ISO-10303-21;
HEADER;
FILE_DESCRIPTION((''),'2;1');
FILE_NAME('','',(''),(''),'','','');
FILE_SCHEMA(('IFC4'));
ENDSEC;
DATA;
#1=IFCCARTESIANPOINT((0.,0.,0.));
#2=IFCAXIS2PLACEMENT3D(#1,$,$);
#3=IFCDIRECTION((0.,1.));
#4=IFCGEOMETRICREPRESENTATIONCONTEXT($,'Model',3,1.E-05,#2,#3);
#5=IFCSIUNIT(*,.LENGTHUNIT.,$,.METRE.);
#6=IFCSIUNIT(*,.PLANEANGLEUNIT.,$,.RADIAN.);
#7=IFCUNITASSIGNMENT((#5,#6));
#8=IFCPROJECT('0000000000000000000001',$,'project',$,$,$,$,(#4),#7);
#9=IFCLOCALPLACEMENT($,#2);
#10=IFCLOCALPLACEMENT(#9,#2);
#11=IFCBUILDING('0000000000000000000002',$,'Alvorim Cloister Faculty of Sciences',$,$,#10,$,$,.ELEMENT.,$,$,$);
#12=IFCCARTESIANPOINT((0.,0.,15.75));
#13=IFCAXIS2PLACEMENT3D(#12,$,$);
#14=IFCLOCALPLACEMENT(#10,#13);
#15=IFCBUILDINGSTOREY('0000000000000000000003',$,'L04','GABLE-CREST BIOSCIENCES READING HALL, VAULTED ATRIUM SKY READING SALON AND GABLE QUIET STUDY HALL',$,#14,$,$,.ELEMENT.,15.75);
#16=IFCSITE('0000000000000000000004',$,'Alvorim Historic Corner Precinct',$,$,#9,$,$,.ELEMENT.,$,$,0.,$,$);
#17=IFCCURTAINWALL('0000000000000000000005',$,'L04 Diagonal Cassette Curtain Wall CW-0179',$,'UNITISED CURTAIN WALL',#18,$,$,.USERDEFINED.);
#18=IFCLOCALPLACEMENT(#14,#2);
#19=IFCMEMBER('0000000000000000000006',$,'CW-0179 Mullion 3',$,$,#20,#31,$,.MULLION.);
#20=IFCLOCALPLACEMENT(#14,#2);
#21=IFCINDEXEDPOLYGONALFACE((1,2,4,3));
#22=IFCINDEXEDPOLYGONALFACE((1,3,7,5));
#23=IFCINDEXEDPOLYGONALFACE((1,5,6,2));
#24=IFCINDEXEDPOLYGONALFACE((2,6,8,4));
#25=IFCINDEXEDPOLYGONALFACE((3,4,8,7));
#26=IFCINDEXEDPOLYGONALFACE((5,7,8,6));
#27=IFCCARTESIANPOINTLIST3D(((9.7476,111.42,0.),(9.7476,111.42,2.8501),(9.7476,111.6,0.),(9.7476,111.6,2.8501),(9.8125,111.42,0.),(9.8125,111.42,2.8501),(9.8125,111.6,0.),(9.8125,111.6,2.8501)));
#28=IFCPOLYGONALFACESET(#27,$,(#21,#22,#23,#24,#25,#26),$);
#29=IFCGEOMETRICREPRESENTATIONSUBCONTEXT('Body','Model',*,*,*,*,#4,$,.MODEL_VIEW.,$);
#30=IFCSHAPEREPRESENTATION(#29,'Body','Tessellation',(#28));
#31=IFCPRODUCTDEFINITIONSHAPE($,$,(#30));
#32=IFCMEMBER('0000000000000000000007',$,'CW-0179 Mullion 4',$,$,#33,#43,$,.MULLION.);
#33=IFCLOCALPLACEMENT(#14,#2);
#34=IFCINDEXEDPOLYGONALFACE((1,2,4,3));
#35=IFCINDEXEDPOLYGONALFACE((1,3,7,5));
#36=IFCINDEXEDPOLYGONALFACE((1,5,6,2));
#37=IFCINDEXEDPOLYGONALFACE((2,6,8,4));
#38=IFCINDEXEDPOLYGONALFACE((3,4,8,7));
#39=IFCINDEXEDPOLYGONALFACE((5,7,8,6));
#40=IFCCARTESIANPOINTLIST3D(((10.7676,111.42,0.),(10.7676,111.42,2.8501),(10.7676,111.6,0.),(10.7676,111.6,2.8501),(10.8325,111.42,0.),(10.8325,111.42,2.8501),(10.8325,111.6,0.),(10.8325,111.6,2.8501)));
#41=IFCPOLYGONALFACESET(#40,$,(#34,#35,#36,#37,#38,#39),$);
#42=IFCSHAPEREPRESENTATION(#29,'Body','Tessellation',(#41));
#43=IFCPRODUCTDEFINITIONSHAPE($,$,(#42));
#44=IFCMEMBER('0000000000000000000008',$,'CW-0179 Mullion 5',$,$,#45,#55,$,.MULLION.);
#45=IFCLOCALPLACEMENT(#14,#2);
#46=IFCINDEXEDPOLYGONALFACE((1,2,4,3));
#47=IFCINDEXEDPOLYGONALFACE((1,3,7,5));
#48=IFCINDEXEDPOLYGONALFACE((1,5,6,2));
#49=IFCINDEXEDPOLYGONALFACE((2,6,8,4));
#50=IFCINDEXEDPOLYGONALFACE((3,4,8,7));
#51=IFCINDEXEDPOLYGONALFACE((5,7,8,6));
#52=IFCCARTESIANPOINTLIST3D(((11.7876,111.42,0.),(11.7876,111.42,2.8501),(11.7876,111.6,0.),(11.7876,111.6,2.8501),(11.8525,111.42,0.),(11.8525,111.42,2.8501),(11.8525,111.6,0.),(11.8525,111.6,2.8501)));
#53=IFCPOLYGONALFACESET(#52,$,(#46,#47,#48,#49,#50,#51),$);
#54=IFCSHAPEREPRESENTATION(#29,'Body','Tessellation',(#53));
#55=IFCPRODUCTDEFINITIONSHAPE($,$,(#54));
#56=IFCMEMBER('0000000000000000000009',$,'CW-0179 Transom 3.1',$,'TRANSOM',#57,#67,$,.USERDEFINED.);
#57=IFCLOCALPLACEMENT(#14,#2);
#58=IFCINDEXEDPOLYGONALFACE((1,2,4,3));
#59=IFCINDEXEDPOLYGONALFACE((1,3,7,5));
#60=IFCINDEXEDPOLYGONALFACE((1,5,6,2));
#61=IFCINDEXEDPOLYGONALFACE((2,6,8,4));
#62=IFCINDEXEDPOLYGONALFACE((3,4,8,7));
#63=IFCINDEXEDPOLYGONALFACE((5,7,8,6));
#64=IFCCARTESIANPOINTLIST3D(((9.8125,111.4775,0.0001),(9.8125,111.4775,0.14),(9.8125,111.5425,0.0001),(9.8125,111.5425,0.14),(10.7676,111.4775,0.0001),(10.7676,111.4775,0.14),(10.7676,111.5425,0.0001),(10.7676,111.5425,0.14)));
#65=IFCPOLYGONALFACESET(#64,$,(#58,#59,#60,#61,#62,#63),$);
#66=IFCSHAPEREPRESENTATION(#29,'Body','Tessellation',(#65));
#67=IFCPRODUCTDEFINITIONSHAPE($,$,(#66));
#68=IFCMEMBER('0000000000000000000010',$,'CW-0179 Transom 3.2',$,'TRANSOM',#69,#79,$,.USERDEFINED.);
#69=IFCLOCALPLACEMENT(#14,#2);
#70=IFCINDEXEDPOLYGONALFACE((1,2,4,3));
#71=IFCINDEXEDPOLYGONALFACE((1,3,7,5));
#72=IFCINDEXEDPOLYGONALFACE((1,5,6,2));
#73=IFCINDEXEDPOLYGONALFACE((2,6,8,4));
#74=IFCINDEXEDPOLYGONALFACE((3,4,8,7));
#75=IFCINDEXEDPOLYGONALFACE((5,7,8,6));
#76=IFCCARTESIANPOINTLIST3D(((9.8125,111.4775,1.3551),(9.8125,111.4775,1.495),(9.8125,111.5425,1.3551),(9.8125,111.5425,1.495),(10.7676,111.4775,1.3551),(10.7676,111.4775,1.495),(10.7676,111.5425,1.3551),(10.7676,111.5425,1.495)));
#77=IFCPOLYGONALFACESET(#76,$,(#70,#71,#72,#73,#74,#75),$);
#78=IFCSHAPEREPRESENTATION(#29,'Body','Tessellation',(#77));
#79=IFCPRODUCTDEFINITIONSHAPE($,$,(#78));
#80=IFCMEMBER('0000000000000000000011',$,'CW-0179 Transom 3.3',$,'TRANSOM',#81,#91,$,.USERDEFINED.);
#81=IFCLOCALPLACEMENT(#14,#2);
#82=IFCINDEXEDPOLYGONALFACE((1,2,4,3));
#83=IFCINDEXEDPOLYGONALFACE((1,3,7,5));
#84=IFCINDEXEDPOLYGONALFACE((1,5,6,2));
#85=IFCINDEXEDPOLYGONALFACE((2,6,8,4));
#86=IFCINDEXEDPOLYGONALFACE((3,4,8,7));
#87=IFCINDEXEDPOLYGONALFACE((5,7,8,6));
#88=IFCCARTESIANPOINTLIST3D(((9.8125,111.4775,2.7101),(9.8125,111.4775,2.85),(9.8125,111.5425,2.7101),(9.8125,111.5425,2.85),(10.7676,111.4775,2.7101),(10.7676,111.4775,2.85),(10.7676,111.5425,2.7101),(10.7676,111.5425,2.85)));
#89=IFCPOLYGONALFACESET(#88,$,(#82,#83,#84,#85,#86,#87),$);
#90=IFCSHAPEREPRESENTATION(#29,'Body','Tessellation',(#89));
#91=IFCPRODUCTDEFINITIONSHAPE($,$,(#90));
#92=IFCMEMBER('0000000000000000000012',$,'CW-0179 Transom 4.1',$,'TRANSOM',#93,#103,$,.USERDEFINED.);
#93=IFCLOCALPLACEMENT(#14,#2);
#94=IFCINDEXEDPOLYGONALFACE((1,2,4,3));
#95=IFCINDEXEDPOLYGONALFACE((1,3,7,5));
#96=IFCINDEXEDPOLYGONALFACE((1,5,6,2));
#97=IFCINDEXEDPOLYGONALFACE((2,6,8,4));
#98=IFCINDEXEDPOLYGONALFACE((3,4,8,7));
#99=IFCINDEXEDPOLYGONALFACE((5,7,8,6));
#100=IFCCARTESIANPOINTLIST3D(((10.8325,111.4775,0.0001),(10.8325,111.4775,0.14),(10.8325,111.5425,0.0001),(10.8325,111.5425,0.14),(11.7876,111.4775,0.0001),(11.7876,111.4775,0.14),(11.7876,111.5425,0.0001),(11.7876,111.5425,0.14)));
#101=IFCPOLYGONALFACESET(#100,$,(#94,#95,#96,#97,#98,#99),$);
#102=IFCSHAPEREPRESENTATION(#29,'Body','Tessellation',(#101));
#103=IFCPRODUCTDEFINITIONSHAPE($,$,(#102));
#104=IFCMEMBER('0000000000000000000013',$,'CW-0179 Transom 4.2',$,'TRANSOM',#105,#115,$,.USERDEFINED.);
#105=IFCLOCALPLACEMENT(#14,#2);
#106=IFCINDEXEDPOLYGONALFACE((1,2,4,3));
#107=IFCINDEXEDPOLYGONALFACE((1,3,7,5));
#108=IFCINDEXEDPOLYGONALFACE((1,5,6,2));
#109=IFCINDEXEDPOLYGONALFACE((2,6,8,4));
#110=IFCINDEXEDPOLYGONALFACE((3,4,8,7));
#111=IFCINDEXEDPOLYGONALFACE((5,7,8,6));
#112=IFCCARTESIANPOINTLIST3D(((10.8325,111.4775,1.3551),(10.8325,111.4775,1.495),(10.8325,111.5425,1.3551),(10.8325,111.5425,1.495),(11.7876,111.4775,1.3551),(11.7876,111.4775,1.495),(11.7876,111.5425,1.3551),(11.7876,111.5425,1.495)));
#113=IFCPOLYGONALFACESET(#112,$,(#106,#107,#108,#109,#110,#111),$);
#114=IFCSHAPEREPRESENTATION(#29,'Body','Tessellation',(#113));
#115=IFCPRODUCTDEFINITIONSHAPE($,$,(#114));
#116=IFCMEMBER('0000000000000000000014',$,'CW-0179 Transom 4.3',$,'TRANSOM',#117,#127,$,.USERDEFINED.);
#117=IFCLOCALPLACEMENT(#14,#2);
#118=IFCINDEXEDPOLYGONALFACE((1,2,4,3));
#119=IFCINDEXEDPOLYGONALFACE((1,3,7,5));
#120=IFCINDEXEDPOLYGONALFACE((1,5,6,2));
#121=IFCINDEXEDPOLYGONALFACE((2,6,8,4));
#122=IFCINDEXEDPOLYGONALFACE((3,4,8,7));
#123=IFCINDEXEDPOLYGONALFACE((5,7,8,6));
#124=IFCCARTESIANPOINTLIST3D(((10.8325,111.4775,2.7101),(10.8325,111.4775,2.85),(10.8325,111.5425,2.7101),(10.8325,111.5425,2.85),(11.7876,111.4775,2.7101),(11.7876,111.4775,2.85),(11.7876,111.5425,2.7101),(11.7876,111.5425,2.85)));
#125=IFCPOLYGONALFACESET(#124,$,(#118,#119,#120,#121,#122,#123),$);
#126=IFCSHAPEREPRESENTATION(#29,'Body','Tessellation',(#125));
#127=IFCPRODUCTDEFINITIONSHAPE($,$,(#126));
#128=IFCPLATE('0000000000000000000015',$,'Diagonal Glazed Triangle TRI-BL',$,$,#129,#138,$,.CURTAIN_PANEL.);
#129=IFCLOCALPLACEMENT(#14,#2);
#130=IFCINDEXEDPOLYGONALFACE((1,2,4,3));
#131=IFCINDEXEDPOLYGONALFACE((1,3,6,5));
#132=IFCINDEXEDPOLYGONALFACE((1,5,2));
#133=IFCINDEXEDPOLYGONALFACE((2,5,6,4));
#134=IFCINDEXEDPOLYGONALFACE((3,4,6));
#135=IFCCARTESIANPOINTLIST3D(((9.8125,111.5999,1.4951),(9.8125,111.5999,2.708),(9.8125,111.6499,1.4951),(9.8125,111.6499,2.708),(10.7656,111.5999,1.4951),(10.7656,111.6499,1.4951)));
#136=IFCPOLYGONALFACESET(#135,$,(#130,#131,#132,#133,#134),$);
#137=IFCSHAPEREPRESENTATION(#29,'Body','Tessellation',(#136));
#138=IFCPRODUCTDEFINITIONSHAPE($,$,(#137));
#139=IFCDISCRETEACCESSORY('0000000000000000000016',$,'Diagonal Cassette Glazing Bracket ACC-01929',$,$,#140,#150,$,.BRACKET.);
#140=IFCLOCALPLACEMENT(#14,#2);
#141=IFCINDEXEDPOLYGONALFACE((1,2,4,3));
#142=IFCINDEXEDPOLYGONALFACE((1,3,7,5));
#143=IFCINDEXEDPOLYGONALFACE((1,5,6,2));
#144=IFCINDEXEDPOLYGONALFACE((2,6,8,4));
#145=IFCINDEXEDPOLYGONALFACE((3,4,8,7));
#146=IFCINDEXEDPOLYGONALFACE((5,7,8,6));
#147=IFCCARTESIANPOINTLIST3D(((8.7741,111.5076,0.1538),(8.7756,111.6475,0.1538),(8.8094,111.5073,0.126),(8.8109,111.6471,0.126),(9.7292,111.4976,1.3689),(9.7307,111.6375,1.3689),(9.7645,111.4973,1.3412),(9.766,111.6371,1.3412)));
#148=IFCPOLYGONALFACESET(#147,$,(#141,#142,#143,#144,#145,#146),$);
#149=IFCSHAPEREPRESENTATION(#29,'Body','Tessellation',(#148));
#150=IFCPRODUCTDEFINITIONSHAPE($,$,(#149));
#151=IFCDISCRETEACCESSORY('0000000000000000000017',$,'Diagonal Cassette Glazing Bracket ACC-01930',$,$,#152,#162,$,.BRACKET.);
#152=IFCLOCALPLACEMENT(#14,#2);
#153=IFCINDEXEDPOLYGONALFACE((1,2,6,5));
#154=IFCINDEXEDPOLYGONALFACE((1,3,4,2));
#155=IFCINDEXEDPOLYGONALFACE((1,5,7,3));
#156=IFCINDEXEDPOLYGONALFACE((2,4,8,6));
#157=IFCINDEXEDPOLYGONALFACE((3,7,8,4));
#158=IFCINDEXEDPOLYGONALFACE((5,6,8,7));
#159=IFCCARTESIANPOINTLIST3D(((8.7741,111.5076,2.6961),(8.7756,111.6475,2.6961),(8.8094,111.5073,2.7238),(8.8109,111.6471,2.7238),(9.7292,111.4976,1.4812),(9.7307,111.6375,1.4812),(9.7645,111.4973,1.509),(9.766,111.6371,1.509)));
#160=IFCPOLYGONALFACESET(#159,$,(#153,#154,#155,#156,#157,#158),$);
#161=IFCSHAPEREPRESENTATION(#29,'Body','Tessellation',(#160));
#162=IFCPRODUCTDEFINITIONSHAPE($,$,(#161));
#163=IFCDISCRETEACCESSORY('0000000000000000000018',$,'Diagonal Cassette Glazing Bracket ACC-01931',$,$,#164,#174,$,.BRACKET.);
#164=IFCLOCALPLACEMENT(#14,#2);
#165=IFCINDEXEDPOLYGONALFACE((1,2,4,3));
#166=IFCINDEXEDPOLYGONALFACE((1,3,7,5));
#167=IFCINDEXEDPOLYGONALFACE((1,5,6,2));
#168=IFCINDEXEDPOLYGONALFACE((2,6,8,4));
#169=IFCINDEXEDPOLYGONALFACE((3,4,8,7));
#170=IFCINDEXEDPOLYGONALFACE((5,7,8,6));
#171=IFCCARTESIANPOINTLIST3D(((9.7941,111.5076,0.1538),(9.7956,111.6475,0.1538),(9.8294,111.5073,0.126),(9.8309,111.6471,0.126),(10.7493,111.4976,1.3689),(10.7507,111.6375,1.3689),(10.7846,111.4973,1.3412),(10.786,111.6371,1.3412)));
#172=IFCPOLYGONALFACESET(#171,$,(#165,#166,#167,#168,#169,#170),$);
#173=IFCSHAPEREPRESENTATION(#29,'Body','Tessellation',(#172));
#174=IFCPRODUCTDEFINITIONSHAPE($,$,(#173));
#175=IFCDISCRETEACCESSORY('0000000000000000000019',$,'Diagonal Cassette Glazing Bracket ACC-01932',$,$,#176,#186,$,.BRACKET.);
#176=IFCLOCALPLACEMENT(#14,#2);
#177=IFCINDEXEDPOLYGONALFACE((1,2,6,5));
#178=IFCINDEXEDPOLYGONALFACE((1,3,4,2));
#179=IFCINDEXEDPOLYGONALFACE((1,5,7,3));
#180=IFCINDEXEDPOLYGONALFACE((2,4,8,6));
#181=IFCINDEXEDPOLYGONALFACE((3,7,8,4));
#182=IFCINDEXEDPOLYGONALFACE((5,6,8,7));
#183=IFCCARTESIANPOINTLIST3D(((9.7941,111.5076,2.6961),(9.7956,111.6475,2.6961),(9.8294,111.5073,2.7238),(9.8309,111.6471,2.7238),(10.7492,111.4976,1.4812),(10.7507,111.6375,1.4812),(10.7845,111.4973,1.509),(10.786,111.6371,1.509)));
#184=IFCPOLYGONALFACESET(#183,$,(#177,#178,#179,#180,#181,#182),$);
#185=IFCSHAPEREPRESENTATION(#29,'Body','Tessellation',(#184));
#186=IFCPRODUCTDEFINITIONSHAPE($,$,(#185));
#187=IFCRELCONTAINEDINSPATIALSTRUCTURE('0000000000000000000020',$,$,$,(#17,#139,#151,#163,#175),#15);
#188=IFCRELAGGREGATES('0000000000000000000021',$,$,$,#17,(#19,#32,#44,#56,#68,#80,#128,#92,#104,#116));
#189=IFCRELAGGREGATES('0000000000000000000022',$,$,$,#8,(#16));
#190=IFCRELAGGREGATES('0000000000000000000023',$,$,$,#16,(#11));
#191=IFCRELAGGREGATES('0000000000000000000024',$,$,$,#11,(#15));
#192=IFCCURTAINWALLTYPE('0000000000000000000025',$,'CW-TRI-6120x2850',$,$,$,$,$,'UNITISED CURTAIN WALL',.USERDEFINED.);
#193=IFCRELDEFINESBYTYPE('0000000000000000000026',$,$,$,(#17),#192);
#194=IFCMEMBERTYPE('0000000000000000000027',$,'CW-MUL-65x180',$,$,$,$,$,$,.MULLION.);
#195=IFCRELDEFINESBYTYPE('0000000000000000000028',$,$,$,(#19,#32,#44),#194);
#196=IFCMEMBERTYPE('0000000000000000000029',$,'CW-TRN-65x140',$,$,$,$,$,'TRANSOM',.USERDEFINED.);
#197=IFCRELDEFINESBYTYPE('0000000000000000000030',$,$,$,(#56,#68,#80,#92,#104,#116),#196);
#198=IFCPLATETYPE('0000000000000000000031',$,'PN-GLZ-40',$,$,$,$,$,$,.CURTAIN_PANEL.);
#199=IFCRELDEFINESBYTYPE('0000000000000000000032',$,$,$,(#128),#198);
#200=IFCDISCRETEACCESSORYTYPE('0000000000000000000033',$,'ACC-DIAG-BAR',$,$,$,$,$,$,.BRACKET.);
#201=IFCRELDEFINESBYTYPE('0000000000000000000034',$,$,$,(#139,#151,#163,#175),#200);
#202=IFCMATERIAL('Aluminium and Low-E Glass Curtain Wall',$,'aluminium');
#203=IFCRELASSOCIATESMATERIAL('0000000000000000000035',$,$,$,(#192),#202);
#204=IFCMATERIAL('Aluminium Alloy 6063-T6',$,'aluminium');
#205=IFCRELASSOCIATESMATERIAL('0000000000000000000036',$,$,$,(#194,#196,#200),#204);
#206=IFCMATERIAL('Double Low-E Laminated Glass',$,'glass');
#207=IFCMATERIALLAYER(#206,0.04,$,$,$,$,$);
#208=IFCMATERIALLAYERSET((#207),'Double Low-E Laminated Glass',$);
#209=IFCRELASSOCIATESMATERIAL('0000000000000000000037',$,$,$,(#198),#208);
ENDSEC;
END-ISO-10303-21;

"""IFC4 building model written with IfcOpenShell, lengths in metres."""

from ifc_helpers import new_model, si_unit, direction, frame, origin, origin_2d, place, context, subcontext, project, spatial, polyline, rectangle, outline, extrude, material, layer, layer_set, material_profile, profile_set, type_object, element, aggregate, save


model = new_model("IFC4")

# Units and contexts
model_context = context("Model", 3, precision=1e-05, world=origin(), true_north=direction((0.0, 1.0)))
body_context = subcontext(model_context, "Body", "Model", "MODEL_VIEW")
ifc_project = project(units=[si_unit("LENGTHUNIT", "METRE"), si_unit("PLANEANGLEUNIT", "RADIAN")], contexts=[model_context])

# Site, building, storey
site_placement = place(None, origin())
site = spatial("IfcSite", under=ifc_project, at=site_placement, Name="Alvorim Historic Corner Precinct", CompositionType="ELEMENT", RefElevation=0.0)
building_placement = place(site_placement, origin())
building = spatial("IfcBuilding", under=site, at=building_placement, Name="Alvorim Cloister Faculty of Sciences", CompositionType="ELEMENT")
storey_placement = place(building_placement, frame((0.0, 0.0, 15.75)))
storey = spatial("IfcBuildingStorey", under=building, at=storey_placement, Name="L04", Description="GABLE-CREST BIOSCIENCES READING HALL, VAULTED ATRIUM SKY READING SALON AND GABLE QUIET STUDY HALL", CompositionType="ELEMENT", Elevation=15.75)

# Curtain wall, members, plate
ifc_material_1 = material(Name="Aluminium and Low-E Glass Curtain Wall", Category="aluminium")
curtain_wall_type = type_object("IfcCurtainWallType", Name="CW-TRI-6120x2850", ElementType="UNITISED CURTAIN WALL", PredefinedType="USERDEFINED", material=ifc_material_1)
curtain_wall_placement = place(storey_placement, origin())
curtain_wall = element("IfcCurtainWall", 1, at=curtain_wall_placement, inside=storey, type_object=curtain_wall_type, Name="L04 Diagonal Cassette Curtain Wall CW-0179", ObjectType="UNITISED CURTAIN WALL", PredefinedType="USERDEFINED")
ifc_material_2 = material(Name="Aluminium Alloy 6063-T6", Category="aluminium")
ifc_material_profile_1 = material_profile(ifc_material_2, rectangle(XDim=0.0649, YDim=0.1799, at=origin_2d()), Name="ALU-MUL-65x180")
ifc_profile_set_1 = profile_set([ifc_material_profile_1], Name="Aluminium Alloy 6063-T6")
member_type_1 = type_object("IfcMemberType", Name="CW-MUL-65x180", PredefinedType="MULLION", material=ifc_profile_set_1)
member_1_placement = place(storey_placement, frame((9.78, 111.51, 0.0), z_axis=(0.0, 0.0, 1.0), x_axis=(1.0, 0.0, 0.0)))
member_1 = element("IfcMember", 2, at=member_1_placement, type_object=member_type_1, Name="CW-0179 Mullion 3", PredefinedType="MULLION", context=body_context, shape_type="SweptSolid", body=[
    extrude(rectangle(XDim=0.0649, YDim=0.1799, at=origin_2d()), origin(), (0.0, 0.0, 1.0), 2.8501),
])
member_2_placement = place(storey_placement, frame((10.8, 111.51, 0.0), z_axis=(0.0, 0.0, 1.0), x_axis=(1.0, 0.0, 0.0)))
member_2 = element("IfcMember", 3, at=member_2_placement, type_object=member_type_1, Name="CW-0179 Mullion 4", PredefinedType="MULLION", context=body_context, shape_type="SweptSolid", body=[
    extrude(rectangle(XDim=0.0649, YDim=0.1799, at=origin_2d()), origin(), (0.0, 0.0, 1.0), 2.8501),
])
member_3_placement = place(storey_placement, frame((11.8201, 111.51, 0.0), z_axis=(0.0, 0.0, 1.0), x_axis=(1.0, 0.0, 0.0)))
member_3 = element("IfcMember", 4, at=member_3_placement, type_object=member_type_1, Name="CW-0179 Mullion 5", PredefinedType="MULLION", context=body_context, shape_type="SweptSolid", body=[
    extrude(rectangle(XDim=0.0649, YDim=0.1799, at=origin_2d()), origin(), (0.0, 0.0, 1.0), 2.8501),
])
ifc_material_profile_2 = material_profile(ifc_material_2, rectangle(XDim=0.0649, YDim=0.1399, at=origin_2d()), Name="ALU-TRN-65x140")
ifc_profile_set_2 = profile_set([ifc_material_profile_2], Name="Aluminium Alloy 6063-T6")
member_type_2 = type_object("IfcMemberType", Name="CW-TRN-65x140", ElementType="TRANSOM", PredefinedType="USERDEFINED", material=ifc_profile_set_2)
member_4_placement = place(storey_placement, frame((9.8125, 111.51, 0.0701), z_axis=(1.0, 0.0, 0.0), x_axis=(0.0, 1.0, 0.0)))
member_4 = element("IfcMember", 5, at=member_4_placement, type_object=member_type_2, Name="CW-0179 Transom 3.1", ObjectType="TRANSOM", PredefinedType="USERDEFINED", context=body_context, shape_type="SweptSolid", body=[
    extrude(rectangle(XDim=0.0649, YDim=0.1399, at=origin_2d()), origin(), (0.0, 0.0, 1.0), 0.9551),
])
member_5_placement = place(storey_placement, frame((9.8125, 111.51, 1.425), z_axis=(1.0, 0.0, 0.0), x_axis=(0.0, 1.0, 0.0)))
member_5 = element("IfcMember", 6, at=member_5_placement, type_object=member_type_2, Name="CW-0179 Transom 3.2", ObjectType="TRANSOM", PredefinedType="USERDEFINED", context=body_context, shape_type="SweptSolid", body=[
    extrude(rectangle(XDim=0.0649, YDim=0.1399, at=origin_2d()), origin(), (0.0, 0.0, 1.0), 0.9551),
])
member_6_placement = place(storey_placement, frame((9.8125, 111.51, 2.78), z_axis=(1.0, 0.0, 0.0), x_axis=(0.0, 1.0, 0.0)))
member_6 = element("IfcMember", 7, at=member_6_placement, type_object=member_type_2, Name="CW-0179 Transom 3.3", ObjectType="TRANSOM", PredefinedType="USERDEFINED", context=body_context, shape_type="SweptSolid", body=[
    extrude(rectangle(XDim=0.0649, YDim=0.1399, at=origin_2d()), origin(), (0.0, 0.0, 1.0), 0.9551),
])
member_7_placement = place(storey_placement, frame((10.8325, 111.51, 0.0701), z_axis=(1.0, 0.0, 0.0), x_axis=(0.0, 1.0, 0.0)))
member_7 = element("IfcMember", 8, at=member_7_placement, type_object=member_type_2, Name="CW-0179 Transom 4.1", ObjectType="TRANSOM", PredefinedType="USERDEFINED", context=body_context, shape_type="SweptSolid", body=[
    extrude(rectangle(XDim=0.0649, YDim=0.1399, at=origin_2d()), origin(), (0.0, 0.0, 1.0), 0.9551),
])
member_8_placement = place(storey_placement, frame((10.8325, 111.51, 1.425), z_axis=(1.0, 0.0, 0.0), x_axis=(0.0, 1.0, 0.0)))
member_8 = element("IfcMember", 9, at=member_8_placement, type_object=member_type_2, Name="CW-0179 Transom 4.2", ObjectType="TRANSOM", PredefinedType="USERDEFINED", context=body_context, shape_type="SweptSolid", body=[
    extrude(rectangle(XDim=0.0649, YDim=0.1399, at=origin_2d()), origin(), (0.0, 0.0, 1.0), 0.9551),
])
member_9_placement = place(storey_placement, frame((10.8325, 111.51, 2.78), z_axis=(1.0, 0.0, 0.0), x_axis=(0.0, 1.0, 0.0)))
member_9 = element("IfcMember", 10, at=member_9_placement, type_object=member_type_2, Name="CW-0179 Transom 4.3", ObjectType="TRANSOM", PredefinedType="USERDEFINED", context=body_context, shape_type="SweptSolid", body=[
    extrude(rectangle(XDim=0.0649, YDim=0.1399, at=origin_2d()), origin(), (0.0, 0.0, 1.0), 0.9551),
])
ifc_material_3 = material(Name="Double Low-E Laminated Glass", Category="glass")
ifc_layer = layer(ifc_material_3, 0.04)
ifc_layer_set = layer_set([ifc_layer], Name="Double Low-E Laminated Glass")
plate_type = type_object("IfcPlateType", Name="PN-GLZ-40", PredefinedType="CURTAIN_PANEL", material=ifc_layer_set)
plate_1_placement = place(storey_placement, frame((9.8125, 111.625, 1.4951), z_axis=(0.0, 0.0, 1.0), x_axis=(1.0, 0.0, 0.0)))
plate_1 = element("IfcPlate", 11, at=plate_1_placement, type_object=plate_type, Name="Diagonal Glazed Triangle TRI-BL", PredefinedType="CURTAIN_PANEL", context=body_context, shape_type="SweptSolid", body=[
    extrude(outline(polyline([(0.0, 0.0), (0.9531, 0.0), (0.0, 1.2129), (0.0, 0.0)])), frame((0.0, 0.0249, 0.0), z_axis=(0.0, -1.0, 0.0), x_axis=(1.0, 0.0, 0.0)), (0.0, 0.0, 1.0), 0.05),
])
aggregate(curtain_wall, [member_1, member_2, member_3, member_4, member_5, member_6, plate_1, member_7, member_8, member_9])

# Discrete accessories
discrete_accessory_type = type_object("IfcDiscreteAccessoryType", Name="ACC-DIAG-BAR", PredefinedType="BRACKET", material=ifc_material_2)
discrete_accessory_1_placement = place(storey_placement, frame((8.7925, 111.5774, 0.1399), z_axis=(0.617955, -0.006477, 0.786187), x_axis=(0.01048, 0.999945, 0.0)))
element("IfcDiscreteAccessory", 12, at=discrete_accessory_1_placement, inside=storey, type_object=discrete_accessory_type, Name="Diagonal Cassette Glazing Bracket ACC-01929", PredefinedType="BRACKET", context=body_context, shape_type="SweptSolid", body=[
    extrude(rectangle(XDim=0.1399, YDim=0.0449, at=origin_2d()), origin(), (0.0, 0.0, 1.0), 1.5457),
])
discrete_accessory_2_placement = place(storey_placement, frame((8.7925, 111.5774, 2.71), z_axis=(0.618032, -0.006477, -0.786126), x_axis=(0.01048, 0.999945, 0.0)))
element("IfcDiscreteAccessory", 13, at=discrete_accessory_2_placement, inside=storey, type_object=discrete_accessory_type, Name="Diagonal Cassette Glazing Bracket ACC-01930", PredefinedType="BRACKET", context=body_context, shape_type="SweptSolid", body=[
    extrude(rectangle(XDim=0.1399, YDim=0.0449, at=origin_2d()), origin(), (0.0, 0.0, 1.0), 1.5454),
])
discrete_accessory_3_placement = place(storey_placement, frame((9.8125, 111.5774, 0.1399), z_axis=(0.617955, -0.006477, 0.786187), x_axis=(0.01048, 0.999945, 0.0)))
element("IfcDiscreteAccessory", 14, at=discrete_accessory_3_placement, inside=storey, type_object=discrete_accessory_type, Name="Diagonal Cassette Glazing Bracket ACC-01931", PredefinedType="BRACKET", context=body_context, shape_type="SweptSolid", body=[
    extrude(rectangle(XDim=0.1399, YDim=0.0449, at=origin_2d()), origin(), (0.0, 0.0, 1.0), 1.5457),
])
discrete_accessory_4_placement = place(storey_placement, frame((9.8125, 111.5774, 2.71), z_axis=(0.618032, -0.006477, -0.786126), x_axis=(0.01048, 0.999945, 0.0)))
element("IfcDiscreteAccessory", 15, at=discrete_accessory_4_placement, inside=storey, type_object=discrete_accessory_type, Name="Diagonal Cassette Glazing Bracket ACC-01932", PredefinedType="BRACKET", context=body_context, shape_type="SweptSolid", body=[
    extrude(rectangle(XDim=0.1399, YDim=0.0449, at=origin_2d()), origin(), (0.0, 0.0, 1.0), 1.5454),
])

save(model, "model.ifc")
